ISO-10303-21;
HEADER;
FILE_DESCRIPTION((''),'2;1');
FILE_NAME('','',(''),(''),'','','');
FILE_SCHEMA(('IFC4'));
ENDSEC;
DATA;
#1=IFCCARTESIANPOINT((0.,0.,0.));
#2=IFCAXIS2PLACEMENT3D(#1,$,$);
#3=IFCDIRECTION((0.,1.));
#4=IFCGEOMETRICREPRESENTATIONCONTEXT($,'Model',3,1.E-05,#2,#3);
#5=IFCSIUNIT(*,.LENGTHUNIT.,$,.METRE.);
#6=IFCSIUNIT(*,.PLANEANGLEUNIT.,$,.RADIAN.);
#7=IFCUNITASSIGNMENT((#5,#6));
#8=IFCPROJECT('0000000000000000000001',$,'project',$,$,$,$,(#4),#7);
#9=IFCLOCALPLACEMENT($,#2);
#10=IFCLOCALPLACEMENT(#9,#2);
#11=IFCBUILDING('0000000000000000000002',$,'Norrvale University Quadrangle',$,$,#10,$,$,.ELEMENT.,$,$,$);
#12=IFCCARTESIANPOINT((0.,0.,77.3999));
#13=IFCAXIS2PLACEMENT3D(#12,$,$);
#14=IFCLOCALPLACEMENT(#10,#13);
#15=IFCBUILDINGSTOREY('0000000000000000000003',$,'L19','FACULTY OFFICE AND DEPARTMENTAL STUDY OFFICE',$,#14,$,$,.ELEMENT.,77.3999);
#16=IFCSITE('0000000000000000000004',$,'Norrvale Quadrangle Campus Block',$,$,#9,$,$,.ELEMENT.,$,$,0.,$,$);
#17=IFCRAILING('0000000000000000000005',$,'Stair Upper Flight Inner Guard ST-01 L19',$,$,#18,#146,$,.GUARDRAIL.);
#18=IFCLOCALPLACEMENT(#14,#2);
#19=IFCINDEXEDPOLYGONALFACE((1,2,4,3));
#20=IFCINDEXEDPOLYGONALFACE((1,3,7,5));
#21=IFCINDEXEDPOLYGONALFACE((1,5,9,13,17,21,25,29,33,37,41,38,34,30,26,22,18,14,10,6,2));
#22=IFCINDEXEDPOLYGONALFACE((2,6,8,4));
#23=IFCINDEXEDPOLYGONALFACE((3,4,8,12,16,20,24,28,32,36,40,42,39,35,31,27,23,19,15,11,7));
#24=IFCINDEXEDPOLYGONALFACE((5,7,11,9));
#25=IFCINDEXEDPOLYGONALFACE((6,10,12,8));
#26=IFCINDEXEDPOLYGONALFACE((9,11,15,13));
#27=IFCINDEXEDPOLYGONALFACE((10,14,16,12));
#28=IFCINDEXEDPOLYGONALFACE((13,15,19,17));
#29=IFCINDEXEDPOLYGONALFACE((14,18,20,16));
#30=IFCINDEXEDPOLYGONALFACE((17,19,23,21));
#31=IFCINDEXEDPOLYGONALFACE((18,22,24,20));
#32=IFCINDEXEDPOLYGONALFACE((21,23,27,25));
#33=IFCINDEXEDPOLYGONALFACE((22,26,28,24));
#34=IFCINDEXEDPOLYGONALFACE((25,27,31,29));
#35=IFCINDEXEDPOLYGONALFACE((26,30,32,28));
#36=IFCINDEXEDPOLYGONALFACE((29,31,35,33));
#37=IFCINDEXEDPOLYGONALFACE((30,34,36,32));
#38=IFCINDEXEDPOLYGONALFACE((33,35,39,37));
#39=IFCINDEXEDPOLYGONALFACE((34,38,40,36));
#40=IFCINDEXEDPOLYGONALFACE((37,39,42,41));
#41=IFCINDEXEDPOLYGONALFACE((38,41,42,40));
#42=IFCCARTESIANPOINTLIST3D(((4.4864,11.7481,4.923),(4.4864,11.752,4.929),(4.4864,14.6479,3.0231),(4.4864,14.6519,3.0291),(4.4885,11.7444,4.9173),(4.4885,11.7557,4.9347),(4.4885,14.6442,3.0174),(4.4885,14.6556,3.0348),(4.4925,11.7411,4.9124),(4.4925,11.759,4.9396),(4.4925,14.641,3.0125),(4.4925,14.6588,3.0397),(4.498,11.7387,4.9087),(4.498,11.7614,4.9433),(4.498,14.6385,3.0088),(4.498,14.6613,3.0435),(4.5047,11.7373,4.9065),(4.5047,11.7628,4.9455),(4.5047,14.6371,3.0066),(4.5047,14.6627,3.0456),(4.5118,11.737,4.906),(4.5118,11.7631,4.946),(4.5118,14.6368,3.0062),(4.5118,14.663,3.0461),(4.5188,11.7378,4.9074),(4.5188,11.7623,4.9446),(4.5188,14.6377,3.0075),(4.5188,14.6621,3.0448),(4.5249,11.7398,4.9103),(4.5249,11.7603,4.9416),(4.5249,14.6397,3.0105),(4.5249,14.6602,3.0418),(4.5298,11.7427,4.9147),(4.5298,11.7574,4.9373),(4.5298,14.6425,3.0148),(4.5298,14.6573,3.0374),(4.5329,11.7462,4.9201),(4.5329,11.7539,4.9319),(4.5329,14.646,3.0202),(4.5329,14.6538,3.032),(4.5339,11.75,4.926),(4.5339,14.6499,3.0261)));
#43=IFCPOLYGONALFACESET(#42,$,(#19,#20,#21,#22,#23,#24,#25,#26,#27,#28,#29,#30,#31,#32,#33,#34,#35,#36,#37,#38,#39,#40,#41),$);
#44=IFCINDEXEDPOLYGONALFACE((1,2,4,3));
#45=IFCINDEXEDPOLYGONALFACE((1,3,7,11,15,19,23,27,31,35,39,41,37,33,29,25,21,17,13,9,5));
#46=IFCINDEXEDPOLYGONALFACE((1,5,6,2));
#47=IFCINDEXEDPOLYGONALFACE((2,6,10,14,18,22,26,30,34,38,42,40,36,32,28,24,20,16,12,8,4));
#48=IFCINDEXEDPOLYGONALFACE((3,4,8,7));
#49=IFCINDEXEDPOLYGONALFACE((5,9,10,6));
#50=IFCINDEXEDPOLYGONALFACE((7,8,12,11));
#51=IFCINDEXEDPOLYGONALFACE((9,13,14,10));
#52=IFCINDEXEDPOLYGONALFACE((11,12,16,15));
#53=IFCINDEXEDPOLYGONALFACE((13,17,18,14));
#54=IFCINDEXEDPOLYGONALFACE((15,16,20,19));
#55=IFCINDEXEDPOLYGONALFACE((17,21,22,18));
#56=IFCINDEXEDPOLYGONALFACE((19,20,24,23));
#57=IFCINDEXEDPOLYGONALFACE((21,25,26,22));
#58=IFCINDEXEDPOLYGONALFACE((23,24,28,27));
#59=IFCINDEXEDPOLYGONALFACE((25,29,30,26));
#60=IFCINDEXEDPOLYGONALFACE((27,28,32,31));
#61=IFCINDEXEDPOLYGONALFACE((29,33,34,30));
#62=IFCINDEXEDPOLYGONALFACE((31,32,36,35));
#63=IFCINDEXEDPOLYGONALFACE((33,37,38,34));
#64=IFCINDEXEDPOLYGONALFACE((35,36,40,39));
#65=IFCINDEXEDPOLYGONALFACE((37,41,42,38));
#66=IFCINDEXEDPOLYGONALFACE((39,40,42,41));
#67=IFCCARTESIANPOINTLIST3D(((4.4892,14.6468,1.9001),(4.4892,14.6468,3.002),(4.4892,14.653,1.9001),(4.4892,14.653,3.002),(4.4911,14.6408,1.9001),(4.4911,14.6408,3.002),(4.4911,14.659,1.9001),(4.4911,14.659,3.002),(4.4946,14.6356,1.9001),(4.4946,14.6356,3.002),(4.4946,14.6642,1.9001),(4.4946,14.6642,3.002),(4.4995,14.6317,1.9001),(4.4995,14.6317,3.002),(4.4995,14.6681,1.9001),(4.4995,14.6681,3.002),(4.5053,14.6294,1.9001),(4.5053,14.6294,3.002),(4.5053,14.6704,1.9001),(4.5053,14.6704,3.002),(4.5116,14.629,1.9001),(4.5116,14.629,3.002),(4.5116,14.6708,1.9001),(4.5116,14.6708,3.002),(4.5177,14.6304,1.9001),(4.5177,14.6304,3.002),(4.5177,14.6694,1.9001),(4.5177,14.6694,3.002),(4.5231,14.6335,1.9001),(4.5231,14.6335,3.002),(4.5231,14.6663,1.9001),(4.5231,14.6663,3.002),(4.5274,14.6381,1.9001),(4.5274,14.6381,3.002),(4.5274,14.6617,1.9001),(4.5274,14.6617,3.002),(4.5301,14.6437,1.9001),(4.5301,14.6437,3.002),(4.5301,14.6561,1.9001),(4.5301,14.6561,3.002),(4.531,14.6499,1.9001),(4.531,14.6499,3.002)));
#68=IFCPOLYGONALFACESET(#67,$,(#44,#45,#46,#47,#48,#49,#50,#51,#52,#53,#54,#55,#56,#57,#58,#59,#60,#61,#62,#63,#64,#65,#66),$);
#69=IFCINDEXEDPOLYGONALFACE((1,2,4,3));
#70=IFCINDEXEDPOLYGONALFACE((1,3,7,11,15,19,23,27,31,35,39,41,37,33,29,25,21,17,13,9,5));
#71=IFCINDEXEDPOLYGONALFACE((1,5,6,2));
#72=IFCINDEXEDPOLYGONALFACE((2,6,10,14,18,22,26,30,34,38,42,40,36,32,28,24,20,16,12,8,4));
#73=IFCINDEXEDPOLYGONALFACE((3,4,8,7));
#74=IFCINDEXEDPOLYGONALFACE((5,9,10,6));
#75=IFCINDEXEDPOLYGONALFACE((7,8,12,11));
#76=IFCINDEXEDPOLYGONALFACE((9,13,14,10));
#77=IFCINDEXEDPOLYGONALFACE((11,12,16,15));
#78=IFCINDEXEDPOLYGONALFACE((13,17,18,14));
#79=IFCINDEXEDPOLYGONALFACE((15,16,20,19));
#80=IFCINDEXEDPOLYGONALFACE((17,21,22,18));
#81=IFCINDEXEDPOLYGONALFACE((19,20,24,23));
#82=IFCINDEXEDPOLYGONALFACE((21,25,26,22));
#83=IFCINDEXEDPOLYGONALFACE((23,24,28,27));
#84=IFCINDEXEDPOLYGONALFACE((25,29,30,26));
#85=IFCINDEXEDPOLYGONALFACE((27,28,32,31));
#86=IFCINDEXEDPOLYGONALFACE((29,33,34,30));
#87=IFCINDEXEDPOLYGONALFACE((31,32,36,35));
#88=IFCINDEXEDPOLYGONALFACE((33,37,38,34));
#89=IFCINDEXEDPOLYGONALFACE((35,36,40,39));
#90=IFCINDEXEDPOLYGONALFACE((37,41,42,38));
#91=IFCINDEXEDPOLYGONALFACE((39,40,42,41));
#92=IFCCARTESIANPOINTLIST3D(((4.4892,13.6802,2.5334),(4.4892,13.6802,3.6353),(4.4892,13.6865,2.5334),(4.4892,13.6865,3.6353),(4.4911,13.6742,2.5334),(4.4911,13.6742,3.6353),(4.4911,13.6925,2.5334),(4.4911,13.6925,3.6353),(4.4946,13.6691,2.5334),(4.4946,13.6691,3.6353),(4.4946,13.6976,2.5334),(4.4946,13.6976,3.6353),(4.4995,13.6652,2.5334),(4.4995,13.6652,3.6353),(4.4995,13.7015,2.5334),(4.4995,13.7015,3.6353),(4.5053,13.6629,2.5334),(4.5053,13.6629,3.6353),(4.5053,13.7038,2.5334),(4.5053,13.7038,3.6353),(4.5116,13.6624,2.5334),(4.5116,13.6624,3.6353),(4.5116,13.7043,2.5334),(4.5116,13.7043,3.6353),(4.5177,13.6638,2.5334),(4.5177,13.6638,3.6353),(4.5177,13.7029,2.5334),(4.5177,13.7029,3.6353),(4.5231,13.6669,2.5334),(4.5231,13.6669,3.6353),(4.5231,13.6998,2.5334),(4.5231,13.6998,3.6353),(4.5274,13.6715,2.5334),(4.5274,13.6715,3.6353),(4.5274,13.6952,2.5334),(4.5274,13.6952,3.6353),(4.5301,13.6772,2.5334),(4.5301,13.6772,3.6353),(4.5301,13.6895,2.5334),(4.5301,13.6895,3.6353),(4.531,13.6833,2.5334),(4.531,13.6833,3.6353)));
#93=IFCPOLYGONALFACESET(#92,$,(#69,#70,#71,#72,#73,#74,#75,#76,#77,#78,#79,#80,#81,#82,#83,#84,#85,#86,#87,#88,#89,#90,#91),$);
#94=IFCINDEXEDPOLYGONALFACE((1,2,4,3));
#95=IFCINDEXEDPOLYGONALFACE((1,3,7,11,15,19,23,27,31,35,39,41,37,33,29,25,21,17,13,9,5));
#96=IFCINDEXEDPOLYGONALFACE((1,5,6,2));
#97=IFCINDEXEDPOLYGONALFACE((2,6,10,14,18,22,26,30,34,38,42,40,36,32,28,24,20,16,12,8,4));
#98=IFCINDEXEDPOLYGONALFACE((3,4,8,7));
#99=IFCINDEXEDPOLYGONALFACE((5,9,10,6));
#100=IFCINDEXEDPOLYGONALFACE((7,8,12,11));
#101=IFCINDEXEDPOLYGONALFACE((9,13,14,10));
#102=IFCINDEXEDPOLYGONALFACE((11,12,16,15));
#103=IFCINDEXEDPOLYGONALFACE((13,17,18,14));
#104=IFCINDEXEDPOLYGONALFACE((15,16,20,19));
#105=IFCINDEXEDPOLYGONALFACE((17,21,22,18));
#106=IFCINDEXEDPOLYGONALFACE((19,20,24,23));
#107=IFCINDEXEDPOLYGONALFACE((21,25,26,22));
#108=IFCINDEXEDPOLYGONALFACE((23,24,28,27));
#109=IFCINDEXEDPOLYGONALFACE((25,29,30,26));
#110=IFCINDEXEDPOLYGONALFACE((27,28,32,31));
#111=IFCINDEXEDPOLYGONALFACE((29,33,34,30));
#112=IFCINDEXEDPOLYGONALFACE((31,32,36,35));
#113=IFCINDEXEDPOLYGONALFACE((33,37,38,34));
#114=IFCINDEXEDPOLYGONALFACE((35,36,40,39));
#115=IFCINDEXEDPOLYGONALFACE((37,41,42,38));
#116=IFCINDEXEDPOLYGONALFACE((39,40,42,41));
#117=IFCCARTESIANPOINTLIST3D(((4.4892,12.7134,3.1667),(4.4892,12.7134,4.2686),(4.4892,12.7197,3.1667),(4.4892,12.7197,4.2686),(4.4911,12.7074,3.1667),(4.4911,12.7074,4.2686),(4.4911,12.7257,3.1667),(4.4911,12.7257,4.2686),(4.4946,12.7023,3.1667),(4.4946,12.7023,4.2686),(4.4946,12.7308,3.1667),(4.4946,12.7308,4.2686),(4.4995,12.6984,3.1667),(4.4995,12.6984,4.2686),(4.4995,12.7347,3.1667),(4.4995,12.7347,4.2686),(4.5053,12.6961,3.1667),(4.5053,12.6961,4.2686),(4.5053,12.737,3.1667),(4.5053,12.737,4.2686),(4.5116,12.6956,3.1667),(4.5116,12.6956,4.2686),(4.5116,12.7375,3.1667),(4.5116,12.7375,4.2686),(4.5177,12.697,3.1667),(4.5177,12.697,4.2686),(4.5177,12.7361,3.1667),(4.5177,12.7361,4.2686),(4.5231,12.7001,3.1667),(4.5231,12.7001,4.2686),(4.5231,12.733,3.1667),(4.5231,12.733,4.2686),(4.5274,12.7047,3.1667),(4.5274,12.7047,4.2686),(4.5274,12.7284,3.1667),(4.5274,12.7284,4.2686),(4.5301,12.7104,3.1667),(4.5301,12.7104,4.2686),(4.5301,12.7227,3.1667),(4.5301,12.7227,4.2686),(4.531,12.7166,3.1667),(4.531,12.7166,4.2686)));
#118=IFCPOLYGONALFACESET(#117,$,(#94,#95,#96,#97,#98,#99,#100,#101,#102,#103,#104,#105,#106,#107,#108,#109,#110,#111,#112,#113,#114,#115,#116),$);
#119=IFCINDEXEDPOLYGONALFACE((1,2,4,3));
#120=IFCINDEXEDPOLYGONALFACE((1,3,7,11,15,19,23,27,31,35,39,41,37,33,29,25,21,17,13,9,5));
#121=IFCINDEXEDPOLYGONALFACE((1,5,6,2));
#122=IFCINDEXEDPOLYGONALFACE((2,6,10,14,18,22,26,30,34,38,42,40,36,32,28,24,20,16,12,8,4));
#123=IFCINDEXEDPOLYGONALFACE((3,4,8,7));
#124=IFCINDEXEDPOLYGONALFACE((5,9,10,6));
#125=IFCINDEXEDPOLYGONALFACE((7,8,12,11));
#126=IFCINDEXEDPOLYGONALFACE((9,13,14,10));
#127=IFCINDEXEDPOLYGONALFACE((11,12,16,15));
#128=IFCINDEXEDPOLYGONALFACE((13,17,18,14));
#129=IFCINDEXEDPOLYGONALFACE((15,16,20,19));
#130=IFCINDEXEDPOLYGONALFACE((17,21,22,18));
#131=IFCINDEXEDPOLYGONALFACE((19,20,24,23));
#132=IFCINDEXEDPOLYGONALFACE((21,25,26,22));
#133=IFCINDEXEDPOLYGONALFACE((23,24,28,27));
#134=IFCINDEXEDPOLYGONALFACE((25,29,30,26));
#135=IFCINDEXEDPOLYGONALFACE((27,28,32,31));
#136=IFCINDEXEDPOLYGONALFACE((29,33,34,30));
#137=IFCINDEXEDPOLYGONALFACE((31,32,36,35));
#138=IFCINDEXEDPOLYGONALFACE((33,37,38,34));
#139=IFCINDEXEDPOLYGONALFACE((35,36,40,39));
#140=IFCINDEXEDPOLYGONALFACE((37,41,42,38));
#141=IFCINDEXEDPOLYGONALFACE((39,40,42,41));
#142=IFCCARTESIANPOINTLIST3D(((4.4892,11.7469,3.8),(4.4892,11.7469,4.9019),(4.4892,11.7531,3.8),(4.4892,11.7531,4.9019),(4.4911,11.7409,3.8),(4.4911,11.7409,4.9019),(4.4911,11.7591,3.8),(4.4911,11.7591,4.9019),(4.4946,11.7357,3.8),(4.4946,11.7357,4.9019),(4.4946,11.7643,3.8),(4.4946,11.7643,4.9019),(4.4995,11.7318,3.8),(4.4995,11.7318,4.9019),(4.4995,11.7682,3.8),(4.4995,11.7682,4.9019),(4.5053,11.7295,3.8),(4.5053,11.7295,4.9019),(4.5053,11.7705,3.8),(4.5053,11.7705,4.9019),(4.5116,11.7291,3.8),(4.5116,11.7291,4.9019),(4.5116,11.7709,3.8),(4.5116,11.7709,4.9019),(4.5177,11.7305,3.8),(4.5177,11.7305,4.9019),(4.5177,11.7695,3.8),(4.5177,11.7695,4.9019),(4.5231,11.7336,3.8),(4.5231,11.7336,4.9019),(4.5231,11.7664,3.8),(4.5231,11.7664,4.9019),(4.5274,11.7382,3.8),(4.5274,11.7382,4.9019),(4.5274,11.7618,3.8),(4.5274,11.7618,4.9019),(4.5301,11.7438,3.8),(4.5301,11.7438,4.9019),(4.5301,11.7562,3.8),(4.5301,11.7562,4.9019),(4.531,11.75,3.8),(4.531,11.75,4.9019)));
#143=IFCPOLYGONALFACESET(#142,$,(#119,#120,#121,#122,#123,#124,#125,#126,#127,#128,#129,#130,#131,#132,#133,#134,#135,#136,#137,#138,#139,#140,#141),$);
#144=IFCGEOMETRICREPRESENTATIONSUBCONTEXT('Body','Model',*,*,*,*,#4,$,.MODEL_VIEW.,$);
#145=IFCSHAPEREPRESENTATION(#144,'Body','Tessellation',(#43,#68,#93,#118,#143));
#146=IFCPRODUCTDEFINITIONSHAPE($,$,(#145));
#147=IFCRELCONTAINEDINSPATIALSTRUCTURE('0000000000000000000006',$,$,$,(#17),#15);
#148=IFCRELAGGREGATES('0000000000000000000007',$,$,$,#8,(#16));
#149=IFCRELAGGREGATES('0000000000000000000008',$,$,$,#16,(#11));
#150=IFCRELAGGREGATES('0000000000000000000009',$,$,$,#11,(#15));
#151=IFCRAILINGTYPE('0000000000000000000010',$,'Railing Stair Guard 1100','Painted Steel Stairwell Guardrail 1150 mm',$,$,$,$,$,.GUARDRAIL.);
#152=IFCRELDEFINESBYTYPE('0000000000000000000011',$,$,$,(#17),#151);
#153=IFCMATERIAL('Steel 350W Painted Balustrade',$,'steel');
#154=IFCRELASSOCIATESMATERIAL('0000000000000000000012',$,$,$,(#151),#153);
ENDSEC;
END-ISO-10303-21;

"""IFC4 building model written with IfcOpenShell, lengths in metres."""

from ifc_helpers import new_model, si_unit, direction, frame, origin, origin_2d, place, context, subcontext, project, spatial, circle, extrude, material, type_object, element, save


model = new_model("IFC4")

# Units and contexts
model_context = context("Model", 3, precision=1e-05, world=origin(), true_north=direction((0.0, 1.0)))
body_context = subcontext(model_context, "Body", "Model", "MODEL_VIEW")
ifc_project = project(units=[si_unit("LENGTHUNIT", "METRE"), si_unit("PLANEANGLEUNIT", "RADIAN")], contexts=[model_context])

# Site, building, storey
site_placement = place(None, origin())
site = spatial("IfcSite", under=ifc_project, at=site_placement, Name="Norrvale Quadrangle Campus Block", CompositionType="ELEMENT", RefElevation=0.0)
building_placement = place(site_placement, origin())
building = spatial("IfcBuilding", under=site, at=building_placement, Name="Norrvale University Quadrangle", CompositionType="ELEMENT")
storey_placement = place(building_placement, frame((0.0, 0.0, 77.3999)))
storey = spatial("IfcBuildingStorey", under=building, at=storey_placement, Name="L19", Description="FACULTY OFFICE AND DEPARTMENTAL STUDY OFFICE", CompositionType="ELEMENT", Elevation=77.3999)

# Railing
ifc_material_1 = material(Name="Steel 350W Painted Balustrade", Category="steel")
railing_type_1 = type_object("IfcRailingType", Name="Railing Stair Guard 1100", Description="Painted Steel Stairwell Guardrail 1150 mm", PredefinedType="GUARDRAIL", material=ifc_material_1)
railing_1_placement = place(storey_placement, frame((4.51, 14.6499, 1.9001)))
element("IfcRailing", 1, at=railing_1_placement, inside=storey, type_object=railing_type_1, Name="Stair Upper Flight Inner Guard ST-01 L19", PredefinedType="GUARDRAIL", context=body_context, shape_type="SweptSolid", body=[
    extrude(circle(Radius=0.0239, at=origin_2d()), frame((0.0, 0.0, 1.126), z_axis=(0.0, -0.836466, 0.548019), x_axis=(1.0, 0.0, 0.0)), (0.0, 0.0, 1.0), 3.4668),
    extrude(circle(Radius=0.021, at=origin_2d()), origin(), (0.0, 0.0, 1.0), 1.1018),
    extrude(circle(Radius=0.021, at=origin_2d()), frame((0.0, -0.9666, 0.6333)), (0.0, 0.0, 1.0), 1.1018),
    extrude(circle(Radius=0.021, at=origin_2d()), frame((0.0, -1.9333, 1.2666)), (0.0, 0.0, 1.0), 1.1018),
    extrude(circle(Radius=0.021, at=origin_2d()), frame((0.0, -2.8999, 1.8999)), (0.0, 0.0, 1.0), 1.1018),
])

save(model, "model.ifc")
